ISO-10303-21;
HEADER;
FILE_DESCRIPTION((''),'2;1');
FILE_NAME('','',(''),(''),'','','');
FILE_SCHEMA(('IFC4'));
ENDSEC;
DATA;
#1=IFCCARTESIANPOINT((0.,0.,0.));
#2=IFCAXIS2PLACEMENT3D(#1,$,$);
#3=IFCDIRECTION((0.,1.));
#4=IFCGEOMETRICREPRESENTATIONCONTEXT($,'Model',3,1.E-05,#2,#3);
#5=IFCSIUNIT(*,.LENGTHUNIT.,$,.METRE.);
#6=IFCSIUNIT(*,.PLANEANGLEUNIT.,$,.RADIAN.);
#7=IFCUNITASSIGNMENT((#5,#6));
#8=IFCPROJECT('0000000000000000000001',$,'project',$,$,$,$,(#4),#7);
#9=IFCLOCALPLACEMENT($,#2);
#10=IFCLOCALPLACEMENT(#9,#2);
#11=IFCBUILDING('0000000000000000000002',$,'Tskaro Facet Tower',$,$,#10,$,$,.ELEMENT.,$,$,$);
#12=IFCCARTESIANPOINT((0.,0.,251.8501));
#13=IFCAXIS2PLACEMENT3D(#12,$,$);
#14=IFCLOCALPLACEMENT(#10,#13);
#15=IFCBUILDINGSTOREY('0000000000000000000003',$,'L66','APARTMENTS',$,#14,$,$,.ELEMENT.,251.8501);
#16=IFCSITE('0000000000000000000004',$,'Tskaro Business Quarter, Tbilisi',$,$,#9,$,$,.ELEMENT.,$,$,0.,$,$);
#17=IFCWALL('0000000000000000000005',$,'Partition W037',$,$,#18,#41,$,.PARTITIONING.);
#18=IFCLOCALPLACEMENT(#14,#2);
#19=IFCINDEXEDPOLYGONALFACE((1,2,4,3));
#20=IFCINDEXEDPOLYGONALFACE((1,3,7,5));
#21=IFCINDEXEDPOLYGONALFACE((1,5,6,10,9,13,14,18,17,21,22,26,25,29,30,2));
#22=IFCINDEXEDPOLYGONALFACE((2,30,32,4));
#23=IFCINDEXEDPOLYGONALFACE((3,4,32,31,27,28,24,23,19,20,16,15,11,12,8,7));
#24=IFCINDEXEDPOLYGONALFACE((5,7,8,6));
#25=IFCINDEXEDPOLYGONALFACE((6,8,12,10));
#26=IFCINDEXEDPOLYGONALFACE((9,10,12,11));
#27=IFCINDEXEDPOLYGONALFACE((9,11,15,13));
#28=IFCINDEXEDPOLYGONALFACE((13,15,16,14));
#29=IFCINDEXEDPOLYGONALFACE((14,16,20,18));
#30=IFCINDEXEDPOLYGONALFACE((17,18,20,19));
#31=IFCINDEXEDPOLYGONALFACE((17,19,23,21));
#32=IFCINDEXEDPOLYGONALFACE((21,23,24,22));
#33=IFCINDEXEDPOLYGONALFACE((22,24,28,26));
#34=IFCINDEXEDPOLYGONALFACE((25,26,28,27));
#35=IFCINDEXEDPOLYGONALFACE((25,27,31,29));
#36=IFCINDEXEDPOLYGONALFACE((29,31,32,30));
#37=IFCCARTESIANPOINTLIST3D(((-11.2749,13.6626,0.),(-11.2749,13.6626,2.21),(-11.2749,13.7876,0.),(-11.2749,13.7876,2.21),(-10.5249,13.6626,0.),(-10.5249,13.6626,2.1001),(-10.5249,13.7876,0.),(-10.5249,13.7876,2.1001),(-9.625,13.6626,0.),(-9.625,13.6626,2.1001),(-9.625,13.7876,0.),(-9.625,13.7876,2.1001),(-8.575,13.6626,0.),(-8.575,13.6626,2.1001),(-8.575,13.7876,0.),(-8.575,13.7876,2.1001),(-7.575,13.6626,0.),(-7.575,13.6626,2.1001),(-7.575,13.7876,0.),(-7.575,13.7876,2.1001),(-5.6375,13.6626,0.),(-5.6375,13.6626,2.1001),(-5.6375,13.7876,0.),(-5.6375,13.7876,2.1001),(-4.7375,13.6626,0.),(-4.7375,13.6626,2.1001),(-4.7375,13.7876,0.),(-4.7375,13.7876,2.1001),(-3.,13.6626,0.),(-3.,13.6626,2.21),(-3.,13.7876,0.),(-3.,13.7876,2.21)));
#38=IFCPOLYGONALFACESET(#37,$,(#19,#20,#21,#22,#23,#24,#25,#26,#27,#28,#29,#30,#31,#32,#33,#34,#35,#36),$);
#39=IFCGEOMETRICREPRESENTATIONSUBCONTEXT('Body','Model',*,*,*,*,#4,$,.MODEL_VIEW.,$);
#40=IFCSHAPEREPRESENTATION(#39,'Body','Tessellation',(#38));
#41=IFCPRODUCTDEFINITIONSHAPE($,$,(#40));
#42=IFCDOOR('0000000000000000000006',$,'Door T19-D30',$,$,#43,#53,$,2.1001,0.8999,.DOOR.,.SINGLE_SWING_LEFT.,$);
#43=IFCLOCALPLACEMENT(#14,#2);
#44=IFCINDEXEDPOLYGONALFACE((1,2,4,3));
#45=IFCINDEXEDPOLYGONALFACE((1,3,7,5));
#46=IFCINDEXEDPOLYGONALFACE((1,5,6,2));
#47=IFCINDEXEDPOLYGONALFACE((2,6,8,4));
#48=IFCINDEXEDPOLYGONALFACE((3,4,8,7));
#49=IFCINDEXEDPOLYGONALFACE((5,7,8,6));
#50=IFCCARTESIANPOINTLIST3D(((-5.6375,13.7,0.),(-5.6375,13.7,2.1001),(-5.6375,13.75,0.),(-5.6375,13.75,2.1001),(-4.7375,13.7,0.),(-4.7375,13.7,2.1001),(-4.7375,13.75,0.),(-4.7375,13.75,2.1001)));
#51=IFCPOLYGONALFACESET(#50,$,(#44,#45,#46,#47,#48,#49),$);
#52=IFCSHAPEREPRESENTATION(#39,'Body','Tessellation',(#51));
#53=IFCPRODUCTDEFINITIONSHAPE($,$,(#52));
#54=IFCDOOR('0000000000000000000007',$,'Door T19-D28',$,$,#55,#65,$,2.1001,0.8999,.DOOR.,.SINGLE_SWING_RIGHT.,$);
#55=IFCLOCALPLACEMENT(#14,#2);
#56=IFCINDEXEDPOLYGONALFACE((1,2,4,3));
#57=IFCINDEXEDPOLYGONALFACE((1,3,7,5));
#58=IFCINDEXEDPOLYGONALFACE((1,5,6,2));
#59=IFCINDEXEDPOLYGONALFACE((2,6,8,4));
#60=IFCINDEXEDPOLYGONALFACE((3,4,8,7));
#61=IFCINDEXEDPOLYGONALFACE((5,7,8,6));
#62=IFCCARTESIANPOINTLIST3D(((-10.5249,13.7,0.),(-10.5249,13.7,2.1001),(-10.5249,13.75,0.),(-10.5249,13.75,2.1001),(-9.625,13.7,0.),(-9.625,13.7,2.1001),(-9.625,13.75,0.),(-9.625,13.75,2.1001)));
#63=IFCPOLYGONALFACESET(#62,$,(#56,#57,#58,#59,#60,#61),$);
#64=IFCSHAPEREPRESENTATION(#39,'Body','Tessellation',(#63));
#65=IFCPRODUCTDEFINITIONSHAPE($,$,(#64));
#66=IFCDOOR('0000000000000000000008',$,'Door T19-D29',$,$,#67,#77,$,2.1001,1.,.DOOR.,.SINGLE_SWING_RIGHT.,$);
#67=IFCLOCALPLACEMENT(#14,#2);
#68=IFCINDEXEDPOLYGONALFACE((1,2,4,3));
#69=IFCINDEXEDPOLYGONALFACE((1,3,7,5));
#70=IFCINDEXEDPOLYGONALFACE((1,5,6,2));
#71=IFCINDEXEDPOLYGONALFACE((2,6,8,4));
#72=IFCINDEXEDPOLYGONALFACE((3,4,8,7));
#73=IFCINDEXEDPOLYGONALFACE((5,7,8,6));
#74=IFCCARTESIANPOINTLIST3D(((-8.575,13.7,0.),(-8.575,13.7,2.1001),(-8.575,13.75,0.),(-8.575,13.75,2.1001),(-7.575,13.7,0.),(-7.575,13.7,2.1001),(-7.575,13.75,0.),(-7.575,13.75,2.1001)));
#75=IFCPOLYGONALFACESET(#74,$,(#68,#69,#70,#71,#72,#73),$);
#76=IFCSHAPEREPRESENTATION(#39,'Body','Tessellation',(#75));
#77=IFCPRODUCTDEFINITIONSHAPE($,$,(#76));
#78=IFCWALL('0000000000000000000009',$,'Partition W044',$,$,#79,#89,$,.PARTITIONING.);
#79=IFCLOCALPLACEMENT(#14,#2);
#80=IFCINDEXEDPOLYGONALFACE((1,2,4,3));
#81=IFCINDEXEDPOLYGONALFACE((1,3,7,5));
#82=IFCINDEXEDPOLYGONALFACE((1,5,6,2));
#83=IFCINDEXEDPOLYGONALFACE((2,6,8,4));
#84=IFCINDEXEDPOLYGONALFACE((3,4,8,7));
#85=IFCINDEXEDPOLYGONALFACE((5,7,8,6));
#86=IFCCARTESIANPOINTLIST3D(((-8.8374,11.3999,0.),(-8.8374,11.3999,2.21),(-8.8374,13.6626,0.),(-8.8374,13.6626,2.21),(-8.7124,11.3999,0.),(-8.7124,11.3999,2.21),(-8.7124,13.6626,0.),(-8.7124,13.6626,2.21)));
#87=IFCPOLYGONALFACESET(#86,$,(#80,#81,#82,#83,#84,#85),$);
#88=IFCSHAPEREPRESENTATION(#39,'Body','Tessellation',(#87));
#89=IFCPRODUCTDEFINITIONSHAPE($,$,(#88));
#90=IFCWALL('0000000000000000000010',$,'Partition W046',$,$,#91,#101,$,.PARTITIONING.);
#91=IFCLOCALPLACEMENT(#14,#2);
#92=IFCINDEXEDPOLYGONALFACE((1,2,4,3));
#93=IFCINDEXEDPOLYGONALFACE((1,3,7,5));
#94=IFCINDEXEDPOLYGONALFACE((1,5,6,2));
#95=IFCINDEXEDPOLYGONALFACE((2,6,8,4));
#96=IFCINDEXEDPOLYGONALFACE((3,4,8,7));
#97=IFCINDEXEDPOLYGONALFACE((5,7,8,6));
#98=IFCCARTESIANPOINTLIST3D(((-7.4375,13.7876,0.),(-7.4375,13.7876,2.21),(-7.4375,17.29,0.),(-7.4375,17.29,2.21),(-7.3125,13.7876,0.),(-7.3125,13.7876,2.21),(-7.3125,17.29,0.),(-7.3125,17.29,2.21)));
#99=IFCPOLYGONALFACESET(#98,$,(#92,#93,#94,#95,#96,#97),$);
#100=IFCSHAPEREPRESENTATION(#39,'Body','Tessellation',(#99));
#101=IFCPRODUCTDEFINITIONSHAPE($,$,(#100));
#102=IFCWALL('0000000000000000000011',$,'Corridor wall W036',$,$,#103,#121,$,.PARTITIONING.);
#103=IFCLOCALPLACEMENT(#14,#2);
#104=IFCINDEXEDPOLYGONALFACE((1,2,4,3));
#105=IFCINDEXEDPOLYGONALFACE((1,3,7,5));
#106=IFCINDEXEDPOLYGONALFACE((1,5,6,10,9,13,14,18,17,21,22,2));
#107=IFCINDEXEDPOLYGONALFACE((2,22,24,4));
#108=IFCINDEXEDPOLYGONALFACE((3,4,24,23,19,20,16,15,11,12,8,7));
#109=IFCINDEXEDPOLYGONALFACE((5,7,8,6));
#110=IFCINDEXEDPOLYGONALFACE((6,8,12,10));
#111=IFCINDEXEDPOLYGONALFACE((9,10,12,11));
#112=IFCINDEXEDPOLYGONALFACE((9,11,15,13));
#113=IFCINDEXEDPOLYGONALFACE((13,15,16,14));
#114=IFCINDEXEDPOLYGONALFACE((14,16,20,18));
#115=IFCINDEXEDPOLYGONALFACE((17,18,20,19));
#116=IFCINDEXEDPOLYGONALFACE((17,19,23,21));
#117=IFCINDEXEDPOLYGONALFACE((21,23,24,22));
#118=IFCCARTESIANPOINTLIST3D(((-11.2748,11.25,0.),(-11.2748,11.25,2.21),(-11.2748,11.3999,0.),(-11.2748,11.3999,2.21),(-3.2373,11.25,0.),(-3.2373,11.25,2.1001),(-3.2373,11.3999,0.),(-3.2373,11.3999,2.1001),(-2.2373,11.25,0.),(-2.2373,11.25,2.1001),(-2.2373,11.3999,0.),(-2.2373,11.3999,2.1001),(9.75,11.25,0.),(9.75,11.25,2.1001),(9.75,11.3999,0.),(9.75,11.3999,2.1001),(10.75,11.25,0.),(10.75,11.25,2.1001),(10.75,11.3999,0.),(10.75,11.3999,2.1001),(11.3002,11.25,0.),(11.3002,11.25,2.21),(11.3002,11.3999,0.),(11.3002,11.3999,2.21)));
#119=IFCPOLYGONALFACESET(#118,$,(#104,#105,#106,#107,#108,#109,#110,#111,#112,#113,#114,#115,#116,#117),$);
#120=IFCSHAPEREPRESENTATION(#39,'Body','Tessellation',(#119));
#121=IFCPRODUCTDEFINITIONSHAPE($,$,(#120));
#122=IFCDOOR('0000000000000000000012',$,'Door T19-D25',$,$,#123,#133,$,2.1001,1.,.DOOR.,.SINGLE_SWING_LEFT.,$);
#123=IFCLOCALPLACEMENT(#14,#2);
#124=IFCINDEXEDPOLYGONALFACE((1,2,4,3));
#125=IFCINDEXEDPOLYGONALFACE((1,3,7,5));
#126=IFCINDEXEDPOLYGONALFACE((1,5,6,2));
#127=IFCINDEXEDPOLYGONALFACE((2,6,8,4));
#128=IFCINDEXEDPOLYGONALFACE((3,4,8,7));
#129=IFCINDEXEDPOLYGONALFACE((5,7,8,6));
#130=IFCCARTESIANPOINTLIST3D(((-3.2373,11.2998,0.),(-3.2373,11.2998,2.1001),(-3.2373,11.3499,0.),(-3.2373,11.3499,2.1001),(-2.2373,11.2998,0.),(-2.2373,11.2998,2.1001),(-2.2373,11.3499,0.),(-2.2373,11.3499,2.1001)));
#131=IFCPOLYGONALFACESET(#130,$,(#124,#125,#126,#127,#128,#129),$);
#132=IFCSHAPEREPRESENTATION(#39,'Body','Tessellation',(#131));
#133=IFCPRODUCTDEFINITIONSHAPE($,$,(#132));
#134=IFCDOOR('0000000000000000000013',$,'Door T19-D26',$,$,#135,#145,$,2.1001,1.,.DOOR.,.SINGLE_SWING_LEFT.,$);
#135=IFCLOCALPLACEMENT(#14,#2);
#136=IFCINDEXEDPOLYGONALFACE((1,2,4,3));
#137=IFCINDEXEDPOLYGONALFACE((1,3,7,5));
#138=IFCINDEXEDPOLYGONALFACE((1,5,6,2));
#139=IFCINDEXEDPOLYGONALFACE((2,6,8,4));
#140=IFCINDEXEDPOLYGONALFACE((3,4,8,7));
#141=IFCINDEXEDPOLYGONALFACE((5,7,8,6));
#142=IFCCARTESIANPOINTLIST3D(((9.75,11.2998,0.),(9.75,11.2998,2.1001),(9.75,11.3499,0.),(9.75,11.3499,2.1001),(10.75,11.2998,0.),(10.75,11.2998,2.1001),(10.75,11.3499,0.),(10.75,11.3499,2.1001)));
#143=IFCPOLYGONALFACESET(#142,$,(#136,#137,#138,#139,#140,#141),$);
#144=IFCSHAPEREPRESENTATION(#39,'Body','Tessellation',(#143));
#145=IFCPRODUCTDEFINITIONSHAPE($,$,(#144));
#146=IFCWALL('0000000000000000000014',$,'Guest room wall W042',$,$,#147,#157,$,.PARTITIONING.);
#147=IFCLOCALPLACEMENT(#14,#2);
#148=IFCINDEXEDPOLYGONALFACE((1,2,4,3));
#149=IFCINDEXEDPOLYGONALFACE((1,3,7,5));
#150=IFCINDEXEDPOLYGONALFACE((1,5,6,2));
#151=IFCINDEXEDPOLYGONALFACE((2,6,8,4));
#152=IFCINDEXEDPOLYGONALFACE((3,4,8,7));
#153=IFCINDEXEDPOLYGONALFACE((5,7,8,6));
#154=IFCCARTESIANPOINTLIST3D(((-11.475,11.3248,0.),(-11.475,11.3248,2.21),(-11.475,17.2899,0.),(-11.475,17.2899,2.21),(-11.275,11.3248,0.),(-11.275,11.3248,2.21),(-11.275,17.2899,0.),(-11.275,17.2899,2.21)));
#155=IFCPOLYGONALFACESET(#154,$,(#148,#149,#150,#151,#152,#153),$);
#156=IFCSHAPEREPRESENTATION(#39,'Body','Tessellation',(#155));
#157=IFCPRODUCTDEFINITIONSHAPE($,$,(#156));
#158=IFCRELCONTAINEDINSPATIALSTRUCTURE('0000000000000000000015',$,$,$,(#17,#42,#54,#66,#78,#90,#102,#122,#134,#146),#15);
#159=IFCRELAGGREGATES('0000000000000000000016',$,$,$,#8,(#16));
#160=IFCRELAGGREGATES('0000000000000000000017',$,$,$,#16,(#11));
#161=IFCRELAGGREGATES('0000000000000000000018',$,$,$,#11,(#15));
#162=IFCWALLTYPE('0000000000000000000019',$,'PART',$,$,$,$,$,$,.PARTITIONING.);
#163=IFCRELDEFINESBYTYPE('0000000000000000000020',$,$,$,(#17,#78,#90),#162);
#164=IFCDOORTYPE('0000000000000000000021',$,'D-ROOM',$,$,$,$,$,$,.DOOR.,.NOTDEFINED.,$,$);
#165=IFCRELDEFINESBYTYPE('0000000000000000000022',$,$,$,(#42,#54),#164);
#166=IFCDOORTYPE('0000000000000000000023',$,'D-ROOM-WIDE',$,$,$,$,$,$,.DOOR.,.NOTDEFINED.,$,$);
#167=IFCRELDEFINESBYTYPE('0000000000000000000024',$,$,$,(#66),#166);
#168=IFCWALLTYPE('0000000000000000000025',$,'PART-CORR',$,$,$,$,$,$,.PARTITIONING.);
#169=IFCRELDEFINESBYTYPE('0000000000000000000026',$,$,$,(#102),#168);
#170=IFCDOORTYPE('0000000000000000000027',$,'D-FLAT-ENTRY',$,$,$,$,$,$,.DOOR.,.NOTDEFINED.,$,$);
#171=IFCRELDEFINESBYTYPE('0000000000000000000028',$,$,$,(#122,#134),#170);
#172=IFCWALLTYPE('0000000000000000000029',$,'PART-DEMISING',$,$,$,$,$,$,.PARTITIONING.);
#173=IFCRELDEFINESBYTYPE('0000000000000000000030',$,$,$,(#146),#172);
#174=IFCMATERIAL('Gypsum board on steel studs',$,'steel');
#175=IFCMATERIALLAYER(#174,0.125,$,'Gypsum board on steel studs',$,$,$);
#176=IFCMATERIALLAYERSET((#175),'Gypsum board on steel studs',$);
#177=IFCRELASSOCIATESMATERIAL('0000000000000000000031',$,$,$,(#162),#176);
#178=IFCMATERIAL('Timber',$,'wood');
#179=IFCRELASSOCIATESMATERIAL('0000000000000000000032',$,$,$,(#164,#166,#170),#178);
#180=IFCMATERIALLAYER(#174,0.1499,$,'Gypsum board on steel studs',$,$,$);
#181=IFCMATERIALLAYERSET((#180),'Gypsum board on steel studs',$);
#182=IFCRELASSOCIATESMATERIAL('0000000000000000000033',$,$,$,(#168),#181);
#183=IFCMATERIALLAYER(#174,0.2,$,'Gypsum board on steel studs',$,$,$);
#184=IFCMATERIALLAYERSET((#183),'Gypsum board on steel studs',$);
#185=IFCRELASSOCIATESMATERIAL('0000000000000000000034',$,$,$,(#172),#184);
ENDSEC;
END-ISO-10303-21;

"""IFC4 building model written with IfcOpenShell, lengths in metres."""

from ifc_helpers import new_model, si_unit, direction, frame, frame_2d, origin, place, context, subcontext, project, spatial, rectangle, extrude, material, layer, layer_set, type_object, element, fill, save


model = new_model("IFC4")

# Units and contexts
model_context = context("Model", 3, precision=1e-05, world=origin(), true_north=direction((0.0, 1.0)))
body_context = subcontext(model_context, "Body", "Model", "MODEL_VIEW")
ifc_project = project(units=[si_unit("LENGTHUNIT", "METRE"), si_unit("PLANEANGLEUNIT", "RADIAN")], contexts=[model_context])

# Site, building, storey
site_placement = place(None, origin())
site = spatial("IfcSite", under=ifc_project, at=site_placement, Name="Tskaro Business Quarter, Tbilisi", CompositionType="ELEMENT", RefElevation=0.0)
building_placement = place(site_placement, origin())
building = spatial("IfcBuilding", under=site, at=building_placement, Name="Tskaro Facet Tower", CompositionType="ELEMENT")
storey_placement = place(building_placement, frame((0.0, 0.0, 251.8501)))
storey = spatial("IfcBuildingStorey", under=building, at=storey_placement, Name="L66", Description="APARTMENTS", CompositionType="ELEMENT", Elevation=251.8501)

# Wall, openings, doors
ifc_material_1 = material(Name="Gypsum board on steel studs", Category="steel")
ifc_layer_1 = layer(ifc_material_1, 0.125, Name="Gypsum board on steel studs")
ifc_layer_set_1 = layer_set([ifc_layer_1], Name="Gypsum board on steel studs")
wall_type_1 = type_object("IfcWallType", Name="PART", PredefinedType="PARTITIONING", material=ifc_layer_set_1)
wall_1_placement = place(storey_placement, frame((-11.2749, 13.7251, 0.0), z_axis=(0.0, 0.0, 1.0), x_axis=(1.0, 0.0, 0.0)))
wall_1 = element("IfcWall", 1, at=wall_1_placement, inside=storey, type_object=wall_type_1, Name="Partition W037", PredefinedType="PARTITIONING", context=body_context, shape_type="SweptSolid", body=[
    extrude(rectangle(XDim=8.2749, YDim=0.125, at=frame_2d((4.1375, 0.0))), origin(), (0.0, 0.0, 1.0), 2.21),
])
opening_1_placement = place(wall_1_placement, frame((5.6375, 0.0, 0.0)))
opening_1 = element("IfcOpeningElement", 2, at=opening_1_placement, cuts=wall_1, PredefinedType="OPENING", context=body_context, shape_type="SweptSolid", body=[
    extrude(rectangle(XDim=0.8999, YDim=2.1001, at=frame_2d((0.45, 1.05))), frame((0.0, 0.0725, 0.0), z_axis=(0.0, -1.0, 0.0), x_axis=(1.0, 0.0, 0.0)), (0.0, 0.0, 1.0), 0.145),
])
opening_2_placement = place(wall_1_placement, frame((2.7, 0.0, 0.0)))
opening_2 = element("IfcOpeningElement", 3, at=opening_2_placement, cuts=wall_1, PredefinedType="OPENING", context=body_context, shape_type="SweptSolid", body=[
    extrude(rectangle(XDim=1.0, YDim=2.1001, at=frame_2d((0.5, 1.05))), frame((0.0, 0.0725, 0.0), z_axis=(0.0, -1.0, 0.0), x_axis=(1.0, 0.0, 0.0)), (0.0, 0.0, 1.0), 0.145),
])
opening_3_placement = place(wall_1_placement, frame((0.75, 0.0, 0.0)))
opening_3 = element("IfcOpeningElement", 4, at=opening_3_placement, cuts=wall_1, PredefinedType="OPENING", context=body_context, shape_type="SweptSolid", body=[
    extrude(rectangle(XDim=0.8999, YDim=2.1001, at=frame_2d((0.45, 1.05))), frame((0.0, 0.0725, 0.0), z_axis=(0.0, -1.0, 0.0), x_axis=(1.0, 0.0, 0.0)), (0.0, 0.0, 1.0), 0.145),
])
ifc_material_2 = material(Name="Timber", Category="wood")
door_type_1 = type_object("IfcDoorType", Name="D-ROOM", OperationType="NOTDEFINED", PredefinedType="DOOR", material=ifc_material_2)
door_1_placement = place(opening_1_placement, origin())
door_1 = element("IfcDoor", 5, at=door_1_placement, inside=storey, type_object=door_type_1, Name="Door T19-D30", OperationType="SINGLE_SWING_LEFT", OverallHeight=2.1001, OverallWidth=0.8999, PredefinedType="DOOR", context=body_context, shape_type="SweptSolid", body=[
    extrude(rectangle(XDim=0.8999, YDim=2.1001, at=frame_2d((0.45, 1.05))), frame((0.0, 0.0249, 0.0), z_axis=(0.0, -1.0, 0.0), x_axis=(1.0, 0.0, 0.0)), (0.0, 0.0, 1.0), 0.05),
])
fill(opening_1, door_1)
door_2_placement = place(opening_3_placement, origin())
door_2 = element("IfcDoor", 6, at=door_2_placement, inside=storey, type_object=door_type_1, Name="Door T19-D28", OperationType="SINGLE_SWING_RIGHT", OverallHeight=2.1001, OverallWidth=0.8999, PredefinedType="DOOR", context=body_context, shape_type="SweptSolid", body=[
    extrude(rectangle(XDim=0.8999, YDim=2.1001, at=frame_2d((0.45, 1.05))), frame((0.0, 0.0249, 0.0), z_axis=(0.0, -1.0, 0.0), x_axis=(1.0, 0.0, 0.0)), (0.0, 0.0, 1.0), 0.05),
])
fill(opening_3, door_2)
door_type_2 = type_object("IfcDoorType", Name="D-ROOM-WIDE", OperationType="NOTDEFINED", PredefinedType="DOOR", material=ifc_material_2)
door_3_placement = place(opening_2_placement, origin())
door_3 = element("IfcDoor", 7, at=door_3_placement, inside=storey, type_object=door_type_2, Name="Door T19-D29", OperationType="SINGLE_SWING_RIGHT", OverallHeight=2.1001, OverallWidth=1.0, PredefinedType="DOOR", context=body_context, shape_type="SweptSolid", body=[
    extrude(rectangle(XDim=1.0, YDim=2.1001, at=frame_2d((0.5, 1.05))), frame((0.0, 0.0249, 0.0), z_axis=(0.0, -1.0, 0.0), x_axis=(1.0, 0.0, 0.0)), (0.0, 0.0, 1.0), 0.05),
])
fill(opening_2, door_3)

# Walls
wall_2_placement = place(storey_placement, frame((-8.7749, 11.3999, 0.0), z_axis=(0.0, 0.0, 1.0), x_axis=(0.0, 1.0, 0.0)))
element("IfcWall", 8, at=wall_2_placement, inside=storey, type_object=wall_type_1, Name="Partition W044", PredefinedType="PARTITIONING", context=body_context, shape_type="SweptSolid", body=[
    extrude(rectangle(XDim=2.2627, YDim=0.125, at=frame_2d((1.1313, 0.0))), origin(), (0.0, 0.0, 1.0), 2.21),
])
wall_3_placement = place(storey_placement, frame((-7.375, 13.7876, 0.0), z_axis=(0.0, 0.0, 1.0), x_axis=(0.0, 1.0, 0.0)))
element("IfcWall", 9, at=wall_3_placement, inside=storey, type_object=wall_type_1, Name="Partition W046", PredefinedType="PARTITIONING", context=body_context, shape_type="SweptSolid", body=[
    extrude(rectangle(XDim=3.5024, YDim=0.125, at=frame_2d((1.7512, 0.0))), origin(), (0.0, 0.0, 1.0), 2.21),
])

# Wall, openings, doors
ifc_layer_2 = layer(ifc_material_1, 0.1499, Name="Gypsum board on steel studs")
ifc_layer_set_2 = layer_set([ifc_layer_2], Name="Gypsum board on steel studs")
wall_type_2 = type_object("IfcWallType", Name="PART-CORR", PredefinedType="PARTITIONING", material=ifc_layer_set_2)
wall_4_placement = place(storey_placement, frame((-11.2749, 11.325, 0.0), z_axis=(0.0, 0.0, 1.0), x_axis=(1.0, 0.0, 0.0)))
wall_4 = element("IfcWall", 10, at=wall_4_placement, inside=storey, type_object=wall_type_2, Name="Corridor wall W036", PredefinedType="PARTITIONING", context=body_context, shape_type="SweptSolid", body=[
    extrude(rectangle(XDim=22.575, YDim=0.1499, at=frame_2d((11.2876, 0.0))), origin(), (0.0, 0.0, 1.0), 2.21),
])
opening_4_placement = place(wall_4_placement, frame((8.0376, 0.0, 0.0)))
opening_4 = element("IfcOpeningElement", 11, at=opening_4_placement, cuts=wall_4, PredefinedType="OPENING", context=body_context, shape_type="SweptSolid", body=[
    extrude(rectangle(XDim=1.0, YDim=2.1001, at=frame_2d((0.5, 1.05))), frame((0.0, 0.085, 0.0), z_axis=(0.0, -1.0, 0.0), x_axis=(1.0, 0.0, 0.0)), (0.0, 0.0, 1.0), 0.1699),
])
opening_5_placement = place(wall_4_placement, frame((21.0249, 0.0, 0.0)))
opening_5 = element("IfcOpeningElement", 12, at=opening_5_placement, cuts=wall_4, PredefinedType="OPENING", context=body_context, shape_type="SweptSolid", body=[
    extrude(rectangle(XDim=1.0, YDim=2.1001, at=frame_2d((0.5, 1.05))), frame((0.0, 0.085, 0.0), z_axis=(0.0, -1.0, 0.0), x_axis=(1.0, 0.0, 0.0)), (0.0, 0.0, 1.0), 0.1699),
])
door_type_3 = type_object("IfcDoorType", Name="D-FLAT-ENTRY", OperationType="NOTDEFINED", PredefinedType="DOOR", material=ifc_material_2)
door_4_placement = place(opening_4_placement, origin())
door_4 = element("IfcDoor", 13, at=door_4_placement, inside=storey, type_object=door_type_3, Name="Door T19-D25", OperationType="SINGLE_SWING_LEFT", OverallHeight=2.1001, OverallWidth=1.0, PredefinedType="DOOR", context=body_context, shape_type="SweptSolid", body=[
    extrude(rectangle(XDim=1.0, YDim=2.1001, at=frame_2d((0.5, 1.05))), frame((0.0, 0.0249, 0.0), z_axis=(0.0, -1.0, 0.0), x_axis=(1.0, 0.0, 0.0)), (0.0, 0.0, 1.0), 0.05),
])
fill(opening_4, door_4)
door_5_placement = place(opening_5_placement, origin())
door_5 = element("IfcDoor", 14, at=door_5_placement, inside=storey, type_object=door_type_3, Name="Door T19-D26", OperationType="SINGLE_SWING_LEFT", OverallHeight=2.1001, OverallWidth=1.0, PredefinedType="DOOR", context=body_context, shape_type="SweptSolid", body=[
    extrude(rectangle(XDim=1.0, YDim=2.1001, at=frame_2d((0.5, 1.05))), frame((0.0, 0.0249, 0.0), z_axis=(0.0, -1.0, 0.0), x_axis=(1.0, 0.0, 0.0)), (0.0, 0.0, 1.0), 0.05),
])
fill(opening_5, door_5)

# Wall
ifc_layer_3 = layer(ifc_material_1, 0.2, Name="Gypsum board on steel studs")
ifc_layer_set_3 = layer_set([ifc_layer_3], Name="Gypsum board on steel studs")
wall_type_3 = type_object("IfcWallType", Name="PART-DEMISING", PredefinedType="PARTITIONING", material=ifc_layer_set_3)
wall_5_placement = place(storey_placement, frame((-11.375, 11.325, 0.0), z_axis=(0.0, 0.0, 1.0), x_axis=(0.0, 1.0, 0.0)))
element("IfcWall", 15, at=wall_5_placement, inside=storey, type_object=wall_type_3, Name="Guest room wall W042", PredefinedType="PARTITIONING", context=body_context, shape_type="SweptSolid", body=[
    extrude(rectangle(XDim=5.9651, YDim=0.2, at=frame_2d((2.9824, 0.0))), origin(), (0.0, 0.0, 1.0), 2.21),
])

save(model, "model.ifc")
